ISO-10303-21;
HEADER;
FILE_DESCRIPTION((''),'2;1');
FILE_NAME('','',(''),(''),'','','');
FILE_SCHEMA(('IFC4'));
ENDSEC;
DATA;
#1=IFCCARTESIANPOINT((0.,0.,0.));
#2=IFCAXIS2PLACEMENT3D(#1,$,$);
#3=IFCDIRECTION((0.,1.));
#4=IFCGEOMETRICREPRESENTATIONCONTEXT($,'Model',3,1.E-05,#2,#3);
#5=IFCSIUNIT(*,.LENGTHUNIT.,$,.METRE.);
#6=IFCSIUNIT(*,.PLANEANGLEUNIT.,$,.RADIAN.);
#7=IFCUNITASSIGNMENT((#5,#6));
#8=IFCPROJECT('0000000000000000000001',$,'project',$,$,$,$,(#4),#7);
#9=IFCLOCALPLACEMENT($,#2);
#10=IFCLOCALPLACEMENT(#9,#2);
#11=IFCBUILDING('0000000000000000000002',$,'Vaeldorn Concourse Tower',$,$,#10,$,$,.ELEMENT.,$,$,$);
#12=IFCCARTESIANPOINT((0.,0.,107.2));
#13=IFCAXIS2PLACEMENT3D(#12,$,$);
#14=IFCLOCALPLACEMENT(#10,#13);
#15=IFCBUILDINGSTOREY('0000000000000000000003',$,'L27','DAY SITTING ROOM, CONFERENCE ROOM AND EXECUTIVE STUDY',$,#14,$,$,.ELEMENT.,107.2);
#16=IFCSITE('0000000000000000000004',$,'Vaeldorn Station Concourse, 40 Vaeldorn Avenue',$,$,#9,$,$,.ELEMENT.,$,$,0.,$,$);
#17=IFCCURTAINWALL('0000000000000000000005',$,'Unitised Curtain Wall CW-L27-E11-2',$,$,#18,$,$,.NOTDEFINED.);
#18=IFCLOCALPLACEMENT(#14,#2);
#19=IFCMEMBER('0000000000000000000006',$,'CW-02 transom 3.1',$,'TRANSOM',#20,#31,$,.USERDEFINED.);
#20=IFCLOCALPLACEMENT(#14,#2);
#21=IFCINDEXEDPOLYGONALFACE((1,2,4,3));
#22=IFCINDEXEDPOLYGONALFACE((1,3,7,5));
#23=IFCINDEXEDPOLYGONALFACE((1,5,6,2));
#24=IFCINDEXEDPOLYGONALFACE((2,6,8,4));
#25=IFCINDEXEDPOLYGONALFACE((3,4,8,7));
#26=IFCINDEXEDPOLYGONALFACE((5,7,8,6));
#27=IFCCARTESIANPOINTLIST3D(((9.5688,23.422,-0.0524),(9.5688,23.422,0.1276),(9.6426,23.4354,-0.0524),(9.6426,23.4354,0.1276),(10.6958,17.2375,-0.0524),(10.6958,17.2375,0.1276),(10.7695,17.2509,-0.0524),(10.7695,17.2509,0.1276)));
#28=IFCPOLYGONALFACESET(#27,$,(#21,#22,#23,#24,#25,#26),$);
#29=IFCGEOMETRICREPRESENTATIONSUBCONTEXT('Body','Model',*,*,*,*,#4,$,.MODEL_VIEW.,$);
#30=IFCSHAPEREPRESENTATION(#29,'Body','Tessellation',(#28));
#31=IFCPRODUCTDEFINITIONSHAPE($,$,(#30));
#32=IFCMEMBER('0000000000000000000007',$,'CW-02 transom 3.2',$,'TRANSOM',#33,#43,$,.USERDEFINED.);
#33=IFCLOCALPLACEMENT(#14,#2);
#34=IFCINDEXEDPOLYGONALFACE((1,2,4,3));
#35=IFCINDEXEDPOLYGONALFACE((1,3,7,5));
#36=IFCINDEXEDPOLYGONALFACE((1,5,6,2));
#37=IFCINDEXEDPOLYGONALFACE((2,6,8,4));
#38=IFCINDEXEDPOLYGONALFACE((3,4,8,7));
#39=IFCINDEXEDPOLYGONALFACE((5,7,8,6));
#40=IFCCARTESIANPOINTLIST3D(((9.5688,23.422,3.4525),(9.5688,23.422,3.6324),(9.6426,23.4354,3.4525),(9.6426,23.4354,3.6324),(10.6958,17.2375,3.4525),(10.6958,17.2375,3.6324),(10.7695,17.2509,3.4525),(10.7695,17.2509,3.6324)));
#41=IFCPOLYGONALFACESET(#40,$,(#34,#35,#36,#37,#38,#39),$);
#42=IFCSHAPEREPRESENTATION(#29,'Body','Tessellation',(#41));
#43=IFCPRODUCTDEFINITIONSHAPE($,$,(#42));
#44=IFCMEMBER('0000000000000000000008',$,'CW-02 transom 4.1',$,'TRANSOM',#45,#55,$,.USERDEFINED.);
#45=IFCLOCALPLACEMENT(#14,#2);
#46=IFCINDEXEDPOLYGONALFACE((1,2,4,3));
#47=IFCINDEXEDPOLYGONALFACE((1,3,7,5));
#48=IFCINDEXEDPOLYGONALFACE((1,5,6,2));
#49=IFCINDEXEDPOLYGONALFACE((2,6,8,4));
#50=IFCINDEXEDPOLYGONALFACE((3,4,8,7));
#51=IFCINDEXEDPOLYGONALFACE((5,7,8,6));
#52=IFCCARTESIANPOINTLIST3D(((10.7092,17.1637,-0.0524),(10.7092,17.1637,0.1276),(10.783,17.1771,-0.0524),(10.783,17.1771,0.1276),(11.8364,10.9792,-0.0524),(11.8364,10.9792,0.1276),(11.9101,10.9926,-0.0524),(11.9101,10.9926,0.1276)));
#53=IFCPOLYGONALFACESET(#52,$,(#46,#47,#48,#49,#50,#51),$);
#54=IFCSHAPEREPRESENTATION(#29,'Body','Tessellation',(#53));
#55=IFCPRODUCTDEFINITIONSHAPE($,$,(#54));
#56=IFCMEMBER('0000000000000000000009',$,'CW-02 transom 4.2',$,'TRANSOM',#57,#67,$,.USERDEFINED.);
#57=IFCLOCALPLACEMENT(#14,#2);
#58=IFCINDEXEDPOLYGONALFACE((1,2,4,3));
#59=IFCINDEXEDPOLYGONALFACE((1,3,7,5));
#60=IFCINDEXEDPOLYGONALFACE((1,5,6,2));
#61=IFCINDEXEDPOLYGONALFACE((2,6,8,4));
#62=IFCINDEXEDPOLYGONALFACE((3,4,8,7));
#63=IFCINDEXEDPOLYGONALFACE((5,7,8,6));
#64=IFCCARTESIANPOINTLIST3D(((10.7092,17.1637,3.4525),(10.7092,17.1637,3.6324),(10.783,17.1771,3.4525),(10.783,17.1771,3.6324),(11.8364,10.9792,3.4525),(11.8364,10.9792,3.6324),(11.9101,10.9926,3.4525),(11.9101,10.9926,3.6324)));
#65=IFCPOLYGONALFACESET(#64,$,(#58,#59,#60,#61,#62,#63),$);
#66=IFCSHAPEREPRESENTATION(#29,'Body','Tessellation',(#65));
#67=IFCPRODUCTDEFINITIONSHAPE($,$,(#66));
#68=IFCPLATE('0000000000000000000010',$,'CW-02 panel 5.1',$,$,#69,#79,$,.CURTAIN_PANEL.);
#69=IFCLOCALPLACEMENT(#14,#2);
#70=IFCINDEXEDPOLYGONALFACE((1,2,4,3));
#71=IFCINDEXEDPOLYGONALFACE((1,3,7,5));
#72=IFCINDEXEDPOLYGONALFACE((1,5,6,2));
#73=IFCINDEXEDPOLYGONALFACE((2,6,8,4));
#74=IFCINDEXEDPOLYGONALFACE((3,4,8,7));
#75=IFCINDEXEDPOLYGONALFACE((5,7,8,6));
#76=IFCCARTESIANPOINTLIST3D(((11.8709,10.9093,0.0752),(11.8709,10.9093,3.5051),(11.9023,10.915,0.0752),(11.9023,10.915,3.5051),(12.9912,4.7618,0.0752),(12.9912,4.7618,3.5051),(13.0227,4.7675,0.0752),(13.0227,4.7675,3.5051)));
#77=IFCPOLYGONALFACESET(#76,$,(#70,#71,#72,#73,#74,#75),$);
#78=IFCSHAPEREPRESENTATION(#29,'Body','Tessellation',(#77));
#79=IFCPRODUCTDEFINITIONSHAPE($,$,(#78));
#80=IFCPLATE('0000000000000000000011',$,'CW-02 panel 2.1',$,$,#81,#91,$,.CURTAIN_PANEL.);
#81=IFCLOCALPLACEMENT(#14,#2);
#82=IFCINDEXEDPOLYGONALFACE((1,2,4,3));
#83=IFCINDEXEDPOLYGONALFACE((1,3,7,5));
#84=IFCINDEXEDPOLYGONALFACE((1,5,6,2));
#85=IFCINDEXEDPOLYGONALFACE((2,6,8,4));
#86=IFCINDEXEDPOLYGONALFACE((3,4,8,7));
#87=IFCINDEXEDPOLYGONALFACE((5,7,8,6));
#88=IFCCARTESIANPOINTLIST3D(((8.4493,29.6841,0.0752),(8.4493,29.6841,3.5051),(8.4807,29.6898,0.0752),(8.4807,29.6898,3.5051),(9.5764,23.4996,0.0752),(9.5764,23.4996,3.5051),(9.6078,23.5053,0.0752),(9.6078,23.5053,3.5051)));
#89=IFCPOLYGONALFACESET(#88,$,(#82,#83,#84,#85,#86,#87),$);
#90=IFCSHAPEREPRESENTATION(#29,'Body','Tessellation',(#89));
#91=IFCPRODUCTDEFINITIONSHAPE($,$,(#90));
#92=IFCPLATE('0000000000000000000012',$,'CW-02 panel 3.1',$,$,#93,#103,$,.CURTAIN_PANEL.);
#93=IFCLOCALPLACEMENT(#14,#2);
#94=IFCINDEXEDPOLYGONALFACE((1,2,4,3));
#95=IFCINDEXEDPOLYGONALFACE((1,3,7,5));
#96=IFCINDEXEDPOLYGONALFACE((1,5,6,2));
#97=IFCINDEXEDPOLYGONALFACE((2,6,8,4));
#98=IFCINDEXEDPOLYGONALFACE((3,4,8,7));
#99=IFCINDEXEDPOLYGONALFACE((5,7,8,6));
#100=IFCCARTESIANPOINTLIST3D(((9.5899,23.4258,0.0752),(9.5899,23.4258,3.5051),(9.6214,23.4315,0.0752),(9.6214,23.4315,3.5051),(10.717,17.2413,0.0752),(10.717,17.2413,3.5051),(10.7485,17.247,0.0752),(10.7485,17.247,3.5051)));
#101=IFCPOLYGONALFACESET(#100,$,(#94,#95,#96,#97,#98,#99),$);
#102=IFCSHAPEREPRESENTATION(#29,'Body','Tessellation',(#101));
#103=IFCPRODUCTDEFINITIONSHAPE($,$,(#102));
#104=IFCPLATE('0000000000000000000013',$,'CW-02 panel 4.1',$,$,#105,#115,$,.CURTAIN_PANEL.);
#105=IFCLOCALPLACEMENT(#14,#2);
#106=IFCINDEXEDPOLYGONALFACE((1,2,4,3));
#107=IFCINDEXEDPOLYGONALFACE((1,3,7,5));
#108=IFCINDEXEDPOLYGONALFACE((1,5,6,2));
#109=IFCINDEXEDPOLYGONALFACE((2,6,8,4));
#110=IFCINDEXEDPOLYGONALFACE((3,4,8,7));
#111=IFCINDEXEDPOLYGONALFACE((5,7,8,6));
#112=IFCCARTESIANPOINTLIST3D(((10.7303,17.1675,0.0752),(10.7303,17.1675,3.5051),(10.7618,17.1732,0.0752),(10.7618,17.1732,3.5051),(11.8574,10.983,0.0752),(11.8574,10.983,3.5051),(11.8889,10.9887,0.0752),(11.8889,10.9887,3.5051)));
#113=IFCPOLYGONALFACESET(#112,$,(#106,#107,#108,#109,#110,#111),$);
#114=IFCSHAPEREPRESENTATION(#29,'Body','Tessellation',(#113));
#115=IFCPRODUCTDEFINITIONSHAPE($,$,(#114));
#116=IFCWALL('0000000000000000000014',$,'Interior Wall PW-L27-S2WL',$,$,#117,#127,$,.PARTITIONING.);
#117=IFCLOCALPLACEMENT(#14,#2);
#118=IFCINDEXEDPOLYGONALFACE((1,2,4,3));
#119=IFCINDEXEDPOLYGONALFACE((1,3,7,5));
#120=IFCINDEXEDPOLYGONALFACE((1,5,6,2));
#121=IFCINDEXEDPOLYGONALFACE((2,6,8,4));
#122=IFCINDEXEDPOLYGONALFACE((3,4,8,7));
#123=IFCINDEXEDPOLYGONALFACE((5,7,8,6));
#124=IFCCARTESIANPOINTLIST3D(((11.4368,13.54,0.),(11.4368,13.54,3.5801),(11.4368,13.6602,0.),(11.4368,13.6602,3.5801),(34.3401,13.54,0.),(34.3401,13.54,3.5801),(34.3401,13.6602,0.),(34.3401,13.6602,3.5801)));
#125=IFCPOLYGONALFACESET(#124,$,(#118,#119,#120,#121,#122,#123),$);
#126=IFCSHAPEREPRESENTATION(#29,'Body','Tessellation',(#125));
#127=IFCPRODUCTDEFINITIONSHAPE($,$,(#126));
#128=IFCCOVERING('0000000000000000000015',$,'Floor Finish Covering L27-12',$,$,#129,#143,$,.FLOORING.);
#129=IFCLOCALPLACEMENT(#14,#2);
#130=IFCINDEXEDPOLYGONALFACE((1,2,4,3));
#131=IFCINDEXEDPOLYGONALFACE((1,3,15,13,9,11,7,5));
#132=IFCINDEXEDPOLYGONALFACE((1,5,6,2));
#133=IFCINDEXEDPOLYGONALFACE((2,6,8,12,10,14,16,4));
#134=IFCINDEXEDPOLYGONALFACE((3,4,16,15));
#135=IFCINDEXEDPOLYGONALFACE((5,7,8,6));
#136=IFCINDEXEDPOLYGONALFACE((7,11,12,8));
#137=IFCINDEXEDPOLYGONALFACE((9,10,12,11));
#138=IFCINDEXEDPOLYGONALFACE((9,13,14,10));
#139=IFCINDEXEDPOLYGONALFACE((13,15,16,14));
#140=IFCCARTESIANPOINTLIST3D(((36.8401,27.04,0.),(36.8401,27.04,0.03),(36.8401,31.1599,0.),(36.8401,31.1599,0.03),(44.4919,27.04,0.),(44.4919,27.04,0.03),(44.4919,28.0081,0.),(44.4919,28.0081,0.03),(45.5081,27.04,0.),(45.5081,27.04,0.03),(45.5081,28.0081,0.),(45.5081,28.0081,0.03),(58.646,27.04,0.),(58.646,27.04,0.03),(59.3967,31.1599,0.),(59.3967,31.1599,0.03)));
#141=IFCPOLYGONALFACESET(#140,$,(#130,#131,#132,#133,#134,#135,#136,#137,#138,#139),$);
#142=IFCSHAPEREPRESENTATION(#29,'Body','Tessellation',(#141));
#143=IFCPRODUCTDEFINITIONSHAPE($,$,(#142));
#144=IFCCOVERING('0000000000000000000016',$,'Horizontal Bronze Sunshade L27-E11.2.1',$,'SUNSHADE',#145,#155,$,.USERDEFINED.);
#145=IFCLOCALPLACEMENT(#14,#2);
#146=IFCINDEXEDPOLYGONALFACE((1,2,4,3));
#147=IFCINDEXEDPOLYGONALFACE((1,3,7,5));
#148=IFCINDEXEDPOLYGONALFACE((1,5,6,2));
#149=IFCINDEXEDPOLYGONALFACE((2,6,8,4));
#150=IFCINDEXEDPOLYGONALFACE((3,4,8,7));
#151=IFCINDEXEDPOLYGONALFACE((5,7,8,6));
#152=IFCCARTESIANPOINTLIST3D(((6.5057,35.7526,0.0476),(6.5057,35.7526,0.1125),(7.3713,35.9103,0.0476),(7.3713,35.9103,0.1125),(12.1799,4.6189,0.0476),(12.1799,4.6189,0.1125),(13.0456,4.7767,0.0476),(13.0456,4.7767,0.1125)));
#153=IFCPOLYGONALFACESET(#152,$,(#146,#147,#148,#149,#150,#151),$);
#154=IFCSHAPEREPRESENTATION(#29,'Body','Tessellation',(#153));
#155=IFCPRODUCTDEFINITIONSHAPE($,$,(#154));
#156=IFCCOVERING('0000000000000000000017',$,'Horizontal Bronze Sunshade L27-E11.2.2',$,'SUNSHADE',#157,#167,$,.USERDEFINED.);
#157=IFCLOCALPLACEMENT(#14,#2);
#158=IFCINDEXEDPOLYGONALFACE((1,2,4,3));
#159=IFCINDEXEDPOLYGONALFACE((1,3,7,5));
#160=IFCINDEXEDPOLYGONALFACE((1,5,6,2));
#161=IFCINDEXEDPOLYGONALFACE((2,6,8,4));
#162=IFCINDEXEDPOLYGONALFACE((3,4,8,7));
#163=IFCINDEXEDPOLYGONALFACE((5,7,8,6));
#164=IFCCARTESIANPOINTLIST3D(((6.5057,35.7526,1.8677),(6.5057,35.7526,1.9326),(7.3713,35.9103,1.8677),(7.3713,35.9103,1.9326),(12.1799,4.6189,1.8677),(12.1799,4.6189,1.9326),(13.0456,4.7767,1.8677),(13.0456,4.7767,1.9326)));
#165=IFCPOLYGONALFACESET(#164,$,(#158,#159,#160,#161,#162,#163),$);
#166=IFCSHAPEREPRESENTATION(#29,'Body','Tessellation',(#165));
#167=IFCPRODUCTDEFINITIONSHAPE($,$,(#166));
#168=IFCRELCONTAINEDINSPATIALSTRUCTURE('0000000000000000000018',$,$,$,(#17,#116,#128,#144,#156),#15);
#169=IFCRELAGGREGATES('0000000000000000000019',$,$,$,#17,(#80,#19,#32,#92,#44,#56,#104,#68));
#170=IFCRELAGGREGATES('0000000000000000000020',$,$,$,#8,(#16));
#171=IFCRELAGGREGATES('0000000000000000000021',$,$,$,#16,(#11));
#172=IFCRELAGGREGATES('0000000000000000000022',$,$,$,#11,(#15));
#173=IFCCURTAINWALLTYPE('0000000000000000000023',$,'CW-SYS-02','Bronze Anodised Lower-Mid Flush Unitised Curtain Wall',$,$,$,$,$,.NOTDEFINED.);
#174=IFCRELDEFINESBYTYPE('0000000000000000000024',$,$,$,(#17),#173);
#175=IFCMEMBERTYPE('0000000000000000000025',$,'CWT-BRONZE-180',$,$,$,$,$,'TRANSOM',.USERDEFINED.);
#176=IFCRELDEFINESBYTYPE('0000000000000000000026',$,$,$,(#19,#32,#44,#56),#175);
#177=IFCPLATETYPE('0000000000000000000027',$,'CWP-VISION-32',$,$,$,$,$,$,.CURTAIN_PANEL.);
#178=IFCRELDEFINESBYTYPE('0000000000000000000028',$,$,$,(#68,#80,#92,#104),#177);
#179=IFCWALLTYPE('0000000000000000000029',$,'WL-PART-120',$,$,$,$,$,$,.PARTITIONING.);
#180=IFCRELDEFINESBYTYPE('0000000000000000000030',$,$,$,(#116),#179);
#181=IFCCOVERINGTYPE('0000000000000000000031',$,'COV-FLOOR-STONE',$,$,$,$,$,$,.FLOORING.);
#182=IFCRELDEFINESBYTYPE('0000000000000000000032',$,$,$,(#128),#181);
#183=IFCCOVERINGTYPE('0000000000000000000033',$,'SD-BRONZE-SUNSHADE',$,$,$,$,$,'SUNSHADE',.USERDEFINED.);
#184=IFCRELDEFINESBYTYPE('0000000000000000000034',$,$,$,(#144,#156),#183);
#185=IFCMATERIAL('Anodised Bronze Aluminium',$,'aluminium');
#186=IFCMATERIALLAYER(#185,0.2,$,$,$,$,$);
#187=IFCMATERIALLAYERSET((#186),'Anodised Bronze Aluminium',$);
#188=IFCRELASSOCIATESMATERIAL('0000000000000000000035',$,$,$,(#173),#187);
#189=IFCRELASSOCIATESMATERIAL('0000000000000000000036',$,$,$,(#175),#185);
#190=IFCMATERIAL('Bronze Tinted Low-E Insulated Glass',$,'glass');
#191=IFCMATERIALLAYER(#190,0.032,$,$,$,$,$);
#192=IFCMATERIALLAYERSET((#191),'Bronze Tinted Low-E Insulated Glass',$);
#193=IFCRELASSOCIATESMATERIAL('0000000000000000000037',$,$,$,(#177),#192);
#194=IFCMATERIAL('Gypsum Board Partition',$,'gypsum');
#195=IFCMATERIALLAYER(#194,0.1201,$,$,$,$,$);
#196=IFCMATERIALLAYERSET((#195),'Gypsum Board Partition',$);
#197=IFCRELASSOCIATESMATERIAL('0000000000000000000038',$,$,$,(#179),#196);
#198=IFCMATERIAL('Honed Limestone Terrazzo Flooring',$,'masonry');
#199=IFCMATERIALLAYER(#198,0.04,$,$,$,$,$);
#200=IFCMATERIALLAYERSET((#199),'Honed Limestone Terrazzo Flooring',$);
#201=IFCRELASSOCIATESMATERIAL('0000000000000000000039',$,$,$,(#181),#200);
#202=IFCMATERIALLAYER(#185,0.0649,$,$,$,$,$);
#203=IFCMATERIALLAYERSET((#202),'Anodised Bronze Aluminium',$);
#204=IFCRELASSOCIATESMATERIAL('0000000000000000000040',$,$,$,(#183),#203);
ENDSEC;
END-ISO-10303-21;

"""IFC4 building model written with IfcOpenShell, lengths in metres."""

from ifc_helpers import new_model, si_unit, direction, frame, frame_2d, origin, origin_2d, place, context, subcontext, project, spatial, polyline, rectangle, outline, extrude, source, transform, mapped, material, layer, layer_set, material_profile, profile_set, type_object, element, aggregate, save


model = new_model("IFC4")

# Units and contexts
model_context = context("Model", 3, precision=1e-05, world=origin(), true_north=direction((0.0, 1.0)))
body_context = subcontext(model_context, "Body", "Model", "MODEL_VIEW")
ifc_project = project(units=[si_unit("LENGTHUNIT", "METRE"), si_unit("PLANEANGLEUNIT", "RADIAN")], contexts=[model_context])

# Site, building, storey
site_placement = place(None, origin())
site = spatial("IfcSite", under=ifc_project, at=site_placement, Name="Vaeldorn Station Concourse, 40 Vaeldorn Avenue", CompositionType="ELEMENT", RefElevation=0.0)
building_placement = place(site_placement, origin())
building = spatial("IfcBuilding", under=site, at=building_placement, Name="Vaeldorn Concourse Tower", CompositionType="ELEMENT")
storey_placement = place(building_placement, frame((0.0, 0.0, 107.2)))
storey = spatial("IfcBuildingStorey", under=building, at=storey_placement, Name="L27", Description="DAY SITTING ROOM, CONFERENCE ROOM AND EXECUTIVE STUDY", CompositionType="ELEMENT", Elevation=107.2)

# Curtain wall, members, plates
ifc_material_1 = material(Name="Anodised Bronze Aluminium", Category="aluminium")
ifc_layer_1 = layer(ifc_material_1, 0.2)
ifc_layer_set_1 = layer_set([ifc_layer_1], Name="Anodised Bronze Aluminium")
curtain_wall_type = type_object("IfcCurtainWallType", Name="CW-SYS-02", Description="Bronze Anodised Lower-Mid Flush Unitised Curtain Wall", PredefinedType="NOTDEFINED", material=ifc_layer_set_1)
curtain_wall_placement = place(storey_placement, origin())
curtain_wall = element("IfcCurtainWall", 1, at=curtain_wall_placement, inside=storey, type_object=curtain_wall_type, Name="Unitised Curtain Wall CW-L27-E11-2", PredefinedType="NOTDEFINED")
ifc_material_profile_1 = material_profile(ifc_material_1, rectangle(XDim=0.075, YDim=0.1799, at=origin_2d()), Name="CWT 75x180")
ifc_profile_set_1 = profile_set([ifc_material_profile_1], Name="Anodised Bronze Aluminium")
member_type_1 = type_object("IfcMemberType", Name="CWT-BRONZE-180", ElementType="TRANSOM", PredefinedType="USERDEFINED", material=ifc_profile_set_1)
shared_shape_1 = source(origin(), body_context, "Body", "SweptSolid", [
    extrude(rectangle(XDim=0.075, YDim=0.1799, at=origin_2d()), origin(), (0.0, 0.0, 1.0), 6.2864),
])
member_1_placement = place(storey_placement, frame((9.6057, 23.4287, 0.0376), z_axis=(0.179268, -0.9838, 0.0), x_axis=(0.9838, 0.179268, 0.0)))
member_1 = element("IfcMember", 2, at=member_1_placement, type_object=member_type_1, Name="CW-02 transom 3.1", ObjectType="TRANSOM", PredefinedType="USERDEFINED", context=body_context, shape_type="MappedRepresentation", body=[
    mapped(shared_shape_1, transform((0.0, 0.0, 0.0), scale=1.0)),
])
member_2_placement = place(storey_placement, frame((9.6057, 23.4287, 3.5425), z_axis=(0.179268, -0.9838, 0.0), x_axis=(0.9838, 0.179268, 0.0)))
member_2 = element("IfcMember", 3, at=member_2_placement, type_object=member_type_1, Name="CW-02 transom 3.2", ObjectType="TRANSOM", PredefinedType="USERDEFINED", context=body_context, shape_type="MappedRepresentation", body=[
    mapped(shared_shape_1, transform((0.0, 0.0, 0.0), scale=1.0)),
])
member_3_placement = place(storey_placement, frame((10.7461, 17.1704, 0.0376), z_axis=(0.179306, -0.983793, 0.0), x_axis=(0.983793, 0.179306, 0.0)))
member_3 = element("IfcMember", 4, at=member_3_placement, type_object=member_type_1, Name="CW-02 transom 4.1", ObjectType="TRANSOM", PredefinedType="USERDEFINED", context=body_context, shape_type="MappedRepresentation", body=[
    mapped(shared_shape_1, transform((0.0, 0.0, 0.0), scale=1.0)),
])
member_4_placement = place(storey_placement, frame((10.7461, 17.1704, 3.5425), z_axis=(0.179306, -0.983793, 0.0), x_axis=(0.983793, 0.179306, 0.0)))
member_4 = element("IfcMember", 5, at=member_4_placement, type_object=member_type_1, Name="CW-02 transom 4.2", ObjectType="TRANSOM", PredefinedType="USERDEFINED", context=body_context, shape_type="MappedRepresentation", body=[
    mapped(shared_shape_1, transform((0.0, 0.0, 0.0), scale=1.0)),
])
ifc_material_2 = material(Name="Bronze Tinted Low-E Insulated Glass", Category="glass")
ifc_layer_2 = layer(ifc_material_2, 0.032)
ifc_layer_set_2 = layer_set([ifc_layer_2], Name="Bronze Tinted Low-E Insulated Glass")
plate_type = type_object("IfcPlateType", Name="CWP-VISION-32", PredefinedType="CURTAIN_PANEL", material=ifc_layer_set_2)
shared_shape_2 = source(origin(), body_context, "Body", "SweptSolid", [
    extrude(rectangle(XDim=6.2488, YDim=0.032, at=origin_2d()), origin(), (0.0, 0.0, 1.0), 3.4299),
])
plate_1_placement = place(storey_placement, frame((12.4468, 7.8384, 0.0752), z_axis=(0.0, 0.0, 1.0), x_axis=(0.179293, -0.983796, 0.0)))
plate_1 = element("IfcPlate", 6, at=plate_1_placement, type_object=plate_type, Name="CW-02 panel 5.1", PredefinedType="CURTAIN_PANEL", context=body_context, shape_type="MappedRepresentation", body=[
    mapped(shared_shape_2, transform((0.0, 0.0, 0.0), scale=1.0)),
])
shared_shape_3 = source(origin(), body_context, "Body", "SweptSolid", [
    extrude(rectangle(XDim=6.2864, YDim=0.032, at=origin_2d()), origin(), (0.0, 0.0, 1.0), 3.4299),
])
plate_2_placement = place(storey_placement, frame((9.0286, 26.5947, 0.0752), z_axis=(0.0, 0.0, 1.0), x_axis=(0.179293, -0.983796, 0.0)))
plate_2 = element("IfcPlate", 7, at=plate_2_placement, type_object=plate_type, Name="CW-02 panel 2.1", PredefinedType="CURTAIN_PANEL", context=body_context, shape_type="MappedRepresentation", body=[
    mapped(shared_shape_3, transform((0.0, 0.0, 0.0), scale=1.0)),
])
plate_3_placement = place(storey_placement, frame((10.1692, 20.3364, 0.0752), z_axis=(0.0, 0.0, 1.0), x_axis=(0.179293, -0.983796, 0.0)))
plate_3 = element("IfcPlate", 8, at=plate_3_placement, type_object=plate_type, Name="CW-02 panel 3.1", PredefinedType="CURTAIN_PANEL", context=body_context, shape_type="MappedRepresentation", body=[
    mapped(shared_shape_3, transform((0.0, 0.0, 0.0), scale=1.0)),
])
plate_4_placement = place(storey_placement, frame((11.3096, 14.0781, 0.0752), z_axis=(0.0, 0.0, 1.0), x_axis=(0.179293, -0.983796, 0.0)))
plate_4 = element("IfcPlate", 9, at=plate_4_placement, type_object=plate_type, Name="CW-02 panel 4.1", PredefinedType="CURTAIN_PANEL", context=body_context, shape_type="MappedRepresentation", body=[
    mapped(shared_shape_3, transform((0.0, 0.0, 0.0), scale=1.0)),
])
aggregate(curtain_wall, [plate_2, member_1, member_2, plate_3, member_3, member_4, plate_4, plate_1])

# Wall
ifc_material_3 = material(Name="Gypsum Board Partition", Category="gypsum")
ifc_layer_3 = layer(ifc_material_3, 0.1201)
ifc_layer_set_3 = layer_set([ifc_layer_3], Name="Gypsum Board Partition")
wall_type = type_object("IfcWallType", Name="WL-PART-120", PredefinedType="PARTITIONING", material=ifc_layer_set_3)
wall_placement = place(storey_placement, frame((11.4368, 13.6001, 0.0), z_axis=(0.0, 0.0, 1.0), x_axis=(1.0, 0.0, 0.0)))
element("IfcWall", 10, at=wall_placement, inside=storey, type_object=wall_type, Name="Interior Wall PW-L27-S2WL", PredefinedType="PARTITIONING", context=body_context, shape_type="SweptSolid", body=[
    extrude(rectangle(XDim=22.9033, YDim=0.1201, at=frame_2d((11.4517, 0.0))), origin(), (0.0, 0.0, 1.0), 3.5801),
])

# Coverings
ifc_material_4 = material(Name="Honed Limestone Terrazzo Flooring", Category="masonry")
ifc_layer_4 = layer(ifc_material_4, 0.04)
ifc_layer_set_4 = layer_set([ifc_layer_4], Name="Honed Limestone Terrazzo Flooring")
covering_type_1 = type_object("IfcCoveringType", Name="COV-FLOOR-STONE", PredefinedType="FLOORING", material=ifc_layer_set_4)
covering_placement = place(storey_placement, origin())
element("IfcCovering", 11, at=covering_placement, inside=storey, type_object=covering_type_1, Name="Floor Finish Covering L27-12", PredefinedType="FLOORING", context=body_context, shape_type="SweptSolid", body=[
    extrude(outline(polyline([(36.8401, 31.1599), (59.3967, 31.1599), (58.646, 27.04), (45.5081, 27.04), (45.5081, 28.0081), (44.4919, 28.0081), (44.4919, 27.04), (36.8401, 27.04), (36.8401, 31.1599)])), origin(), (0.0, 0.0, 1.0), 0.03),
])
ifc_layer_5 = layer(ifc_material_1, 0.0649)
ifc_layer_set_5 = layer_set([ifc_layer_5], Name="Anodised Bronze Aluminium")
covering_type_2 = type_object("IfcCoveringType", Name="SD-BRONZE-SUNSHADE", ElementType="SUNSHADE", PredefinedType="USERDEFINED", material=ifc_layer_set_5)
shared_shape_4 = source(origin(), body_context, "Body", "SweptSolid", [
    extrude(rectangle(XDim=31.6465, YDim=0.8799, at=origin_2d()), origin(), (0.0, 0.0, 1.0), 0.0649),
])
for number, where, z_axis, x_axis, name in (
    (12, (9.7756, 20.2646, 0.0476), (0.0, 0.0, 1.0), (0.1793, -0.983794, 0.0), "Horizontal Bronze Sunshade L27-E11.2.1"),
    (13, (9.7756, 20.2646, 1.8677), (0.0, 0.0, 1.0), (0.1793, -0.983794, 0.0), "Horizontal Bronze Sunshade L27-E11.2.2"),
):
    element("IfcCovering", number, at=place(storey_placement, frame(where, z_axis=z_axis, x_axis=x_axis)), inside=storey, type_object=covering_type_2, Name=name, ObjectType="SUNSHADE", PredefinedType="USERDEFINED", context=body_context, shape_type="MappedRepresentation", body=[
        mapped(shared_shape_4, transform((0.0, 0.0, 0.0), scale=1.0)),
    ])

save(model, "model.ifc")
